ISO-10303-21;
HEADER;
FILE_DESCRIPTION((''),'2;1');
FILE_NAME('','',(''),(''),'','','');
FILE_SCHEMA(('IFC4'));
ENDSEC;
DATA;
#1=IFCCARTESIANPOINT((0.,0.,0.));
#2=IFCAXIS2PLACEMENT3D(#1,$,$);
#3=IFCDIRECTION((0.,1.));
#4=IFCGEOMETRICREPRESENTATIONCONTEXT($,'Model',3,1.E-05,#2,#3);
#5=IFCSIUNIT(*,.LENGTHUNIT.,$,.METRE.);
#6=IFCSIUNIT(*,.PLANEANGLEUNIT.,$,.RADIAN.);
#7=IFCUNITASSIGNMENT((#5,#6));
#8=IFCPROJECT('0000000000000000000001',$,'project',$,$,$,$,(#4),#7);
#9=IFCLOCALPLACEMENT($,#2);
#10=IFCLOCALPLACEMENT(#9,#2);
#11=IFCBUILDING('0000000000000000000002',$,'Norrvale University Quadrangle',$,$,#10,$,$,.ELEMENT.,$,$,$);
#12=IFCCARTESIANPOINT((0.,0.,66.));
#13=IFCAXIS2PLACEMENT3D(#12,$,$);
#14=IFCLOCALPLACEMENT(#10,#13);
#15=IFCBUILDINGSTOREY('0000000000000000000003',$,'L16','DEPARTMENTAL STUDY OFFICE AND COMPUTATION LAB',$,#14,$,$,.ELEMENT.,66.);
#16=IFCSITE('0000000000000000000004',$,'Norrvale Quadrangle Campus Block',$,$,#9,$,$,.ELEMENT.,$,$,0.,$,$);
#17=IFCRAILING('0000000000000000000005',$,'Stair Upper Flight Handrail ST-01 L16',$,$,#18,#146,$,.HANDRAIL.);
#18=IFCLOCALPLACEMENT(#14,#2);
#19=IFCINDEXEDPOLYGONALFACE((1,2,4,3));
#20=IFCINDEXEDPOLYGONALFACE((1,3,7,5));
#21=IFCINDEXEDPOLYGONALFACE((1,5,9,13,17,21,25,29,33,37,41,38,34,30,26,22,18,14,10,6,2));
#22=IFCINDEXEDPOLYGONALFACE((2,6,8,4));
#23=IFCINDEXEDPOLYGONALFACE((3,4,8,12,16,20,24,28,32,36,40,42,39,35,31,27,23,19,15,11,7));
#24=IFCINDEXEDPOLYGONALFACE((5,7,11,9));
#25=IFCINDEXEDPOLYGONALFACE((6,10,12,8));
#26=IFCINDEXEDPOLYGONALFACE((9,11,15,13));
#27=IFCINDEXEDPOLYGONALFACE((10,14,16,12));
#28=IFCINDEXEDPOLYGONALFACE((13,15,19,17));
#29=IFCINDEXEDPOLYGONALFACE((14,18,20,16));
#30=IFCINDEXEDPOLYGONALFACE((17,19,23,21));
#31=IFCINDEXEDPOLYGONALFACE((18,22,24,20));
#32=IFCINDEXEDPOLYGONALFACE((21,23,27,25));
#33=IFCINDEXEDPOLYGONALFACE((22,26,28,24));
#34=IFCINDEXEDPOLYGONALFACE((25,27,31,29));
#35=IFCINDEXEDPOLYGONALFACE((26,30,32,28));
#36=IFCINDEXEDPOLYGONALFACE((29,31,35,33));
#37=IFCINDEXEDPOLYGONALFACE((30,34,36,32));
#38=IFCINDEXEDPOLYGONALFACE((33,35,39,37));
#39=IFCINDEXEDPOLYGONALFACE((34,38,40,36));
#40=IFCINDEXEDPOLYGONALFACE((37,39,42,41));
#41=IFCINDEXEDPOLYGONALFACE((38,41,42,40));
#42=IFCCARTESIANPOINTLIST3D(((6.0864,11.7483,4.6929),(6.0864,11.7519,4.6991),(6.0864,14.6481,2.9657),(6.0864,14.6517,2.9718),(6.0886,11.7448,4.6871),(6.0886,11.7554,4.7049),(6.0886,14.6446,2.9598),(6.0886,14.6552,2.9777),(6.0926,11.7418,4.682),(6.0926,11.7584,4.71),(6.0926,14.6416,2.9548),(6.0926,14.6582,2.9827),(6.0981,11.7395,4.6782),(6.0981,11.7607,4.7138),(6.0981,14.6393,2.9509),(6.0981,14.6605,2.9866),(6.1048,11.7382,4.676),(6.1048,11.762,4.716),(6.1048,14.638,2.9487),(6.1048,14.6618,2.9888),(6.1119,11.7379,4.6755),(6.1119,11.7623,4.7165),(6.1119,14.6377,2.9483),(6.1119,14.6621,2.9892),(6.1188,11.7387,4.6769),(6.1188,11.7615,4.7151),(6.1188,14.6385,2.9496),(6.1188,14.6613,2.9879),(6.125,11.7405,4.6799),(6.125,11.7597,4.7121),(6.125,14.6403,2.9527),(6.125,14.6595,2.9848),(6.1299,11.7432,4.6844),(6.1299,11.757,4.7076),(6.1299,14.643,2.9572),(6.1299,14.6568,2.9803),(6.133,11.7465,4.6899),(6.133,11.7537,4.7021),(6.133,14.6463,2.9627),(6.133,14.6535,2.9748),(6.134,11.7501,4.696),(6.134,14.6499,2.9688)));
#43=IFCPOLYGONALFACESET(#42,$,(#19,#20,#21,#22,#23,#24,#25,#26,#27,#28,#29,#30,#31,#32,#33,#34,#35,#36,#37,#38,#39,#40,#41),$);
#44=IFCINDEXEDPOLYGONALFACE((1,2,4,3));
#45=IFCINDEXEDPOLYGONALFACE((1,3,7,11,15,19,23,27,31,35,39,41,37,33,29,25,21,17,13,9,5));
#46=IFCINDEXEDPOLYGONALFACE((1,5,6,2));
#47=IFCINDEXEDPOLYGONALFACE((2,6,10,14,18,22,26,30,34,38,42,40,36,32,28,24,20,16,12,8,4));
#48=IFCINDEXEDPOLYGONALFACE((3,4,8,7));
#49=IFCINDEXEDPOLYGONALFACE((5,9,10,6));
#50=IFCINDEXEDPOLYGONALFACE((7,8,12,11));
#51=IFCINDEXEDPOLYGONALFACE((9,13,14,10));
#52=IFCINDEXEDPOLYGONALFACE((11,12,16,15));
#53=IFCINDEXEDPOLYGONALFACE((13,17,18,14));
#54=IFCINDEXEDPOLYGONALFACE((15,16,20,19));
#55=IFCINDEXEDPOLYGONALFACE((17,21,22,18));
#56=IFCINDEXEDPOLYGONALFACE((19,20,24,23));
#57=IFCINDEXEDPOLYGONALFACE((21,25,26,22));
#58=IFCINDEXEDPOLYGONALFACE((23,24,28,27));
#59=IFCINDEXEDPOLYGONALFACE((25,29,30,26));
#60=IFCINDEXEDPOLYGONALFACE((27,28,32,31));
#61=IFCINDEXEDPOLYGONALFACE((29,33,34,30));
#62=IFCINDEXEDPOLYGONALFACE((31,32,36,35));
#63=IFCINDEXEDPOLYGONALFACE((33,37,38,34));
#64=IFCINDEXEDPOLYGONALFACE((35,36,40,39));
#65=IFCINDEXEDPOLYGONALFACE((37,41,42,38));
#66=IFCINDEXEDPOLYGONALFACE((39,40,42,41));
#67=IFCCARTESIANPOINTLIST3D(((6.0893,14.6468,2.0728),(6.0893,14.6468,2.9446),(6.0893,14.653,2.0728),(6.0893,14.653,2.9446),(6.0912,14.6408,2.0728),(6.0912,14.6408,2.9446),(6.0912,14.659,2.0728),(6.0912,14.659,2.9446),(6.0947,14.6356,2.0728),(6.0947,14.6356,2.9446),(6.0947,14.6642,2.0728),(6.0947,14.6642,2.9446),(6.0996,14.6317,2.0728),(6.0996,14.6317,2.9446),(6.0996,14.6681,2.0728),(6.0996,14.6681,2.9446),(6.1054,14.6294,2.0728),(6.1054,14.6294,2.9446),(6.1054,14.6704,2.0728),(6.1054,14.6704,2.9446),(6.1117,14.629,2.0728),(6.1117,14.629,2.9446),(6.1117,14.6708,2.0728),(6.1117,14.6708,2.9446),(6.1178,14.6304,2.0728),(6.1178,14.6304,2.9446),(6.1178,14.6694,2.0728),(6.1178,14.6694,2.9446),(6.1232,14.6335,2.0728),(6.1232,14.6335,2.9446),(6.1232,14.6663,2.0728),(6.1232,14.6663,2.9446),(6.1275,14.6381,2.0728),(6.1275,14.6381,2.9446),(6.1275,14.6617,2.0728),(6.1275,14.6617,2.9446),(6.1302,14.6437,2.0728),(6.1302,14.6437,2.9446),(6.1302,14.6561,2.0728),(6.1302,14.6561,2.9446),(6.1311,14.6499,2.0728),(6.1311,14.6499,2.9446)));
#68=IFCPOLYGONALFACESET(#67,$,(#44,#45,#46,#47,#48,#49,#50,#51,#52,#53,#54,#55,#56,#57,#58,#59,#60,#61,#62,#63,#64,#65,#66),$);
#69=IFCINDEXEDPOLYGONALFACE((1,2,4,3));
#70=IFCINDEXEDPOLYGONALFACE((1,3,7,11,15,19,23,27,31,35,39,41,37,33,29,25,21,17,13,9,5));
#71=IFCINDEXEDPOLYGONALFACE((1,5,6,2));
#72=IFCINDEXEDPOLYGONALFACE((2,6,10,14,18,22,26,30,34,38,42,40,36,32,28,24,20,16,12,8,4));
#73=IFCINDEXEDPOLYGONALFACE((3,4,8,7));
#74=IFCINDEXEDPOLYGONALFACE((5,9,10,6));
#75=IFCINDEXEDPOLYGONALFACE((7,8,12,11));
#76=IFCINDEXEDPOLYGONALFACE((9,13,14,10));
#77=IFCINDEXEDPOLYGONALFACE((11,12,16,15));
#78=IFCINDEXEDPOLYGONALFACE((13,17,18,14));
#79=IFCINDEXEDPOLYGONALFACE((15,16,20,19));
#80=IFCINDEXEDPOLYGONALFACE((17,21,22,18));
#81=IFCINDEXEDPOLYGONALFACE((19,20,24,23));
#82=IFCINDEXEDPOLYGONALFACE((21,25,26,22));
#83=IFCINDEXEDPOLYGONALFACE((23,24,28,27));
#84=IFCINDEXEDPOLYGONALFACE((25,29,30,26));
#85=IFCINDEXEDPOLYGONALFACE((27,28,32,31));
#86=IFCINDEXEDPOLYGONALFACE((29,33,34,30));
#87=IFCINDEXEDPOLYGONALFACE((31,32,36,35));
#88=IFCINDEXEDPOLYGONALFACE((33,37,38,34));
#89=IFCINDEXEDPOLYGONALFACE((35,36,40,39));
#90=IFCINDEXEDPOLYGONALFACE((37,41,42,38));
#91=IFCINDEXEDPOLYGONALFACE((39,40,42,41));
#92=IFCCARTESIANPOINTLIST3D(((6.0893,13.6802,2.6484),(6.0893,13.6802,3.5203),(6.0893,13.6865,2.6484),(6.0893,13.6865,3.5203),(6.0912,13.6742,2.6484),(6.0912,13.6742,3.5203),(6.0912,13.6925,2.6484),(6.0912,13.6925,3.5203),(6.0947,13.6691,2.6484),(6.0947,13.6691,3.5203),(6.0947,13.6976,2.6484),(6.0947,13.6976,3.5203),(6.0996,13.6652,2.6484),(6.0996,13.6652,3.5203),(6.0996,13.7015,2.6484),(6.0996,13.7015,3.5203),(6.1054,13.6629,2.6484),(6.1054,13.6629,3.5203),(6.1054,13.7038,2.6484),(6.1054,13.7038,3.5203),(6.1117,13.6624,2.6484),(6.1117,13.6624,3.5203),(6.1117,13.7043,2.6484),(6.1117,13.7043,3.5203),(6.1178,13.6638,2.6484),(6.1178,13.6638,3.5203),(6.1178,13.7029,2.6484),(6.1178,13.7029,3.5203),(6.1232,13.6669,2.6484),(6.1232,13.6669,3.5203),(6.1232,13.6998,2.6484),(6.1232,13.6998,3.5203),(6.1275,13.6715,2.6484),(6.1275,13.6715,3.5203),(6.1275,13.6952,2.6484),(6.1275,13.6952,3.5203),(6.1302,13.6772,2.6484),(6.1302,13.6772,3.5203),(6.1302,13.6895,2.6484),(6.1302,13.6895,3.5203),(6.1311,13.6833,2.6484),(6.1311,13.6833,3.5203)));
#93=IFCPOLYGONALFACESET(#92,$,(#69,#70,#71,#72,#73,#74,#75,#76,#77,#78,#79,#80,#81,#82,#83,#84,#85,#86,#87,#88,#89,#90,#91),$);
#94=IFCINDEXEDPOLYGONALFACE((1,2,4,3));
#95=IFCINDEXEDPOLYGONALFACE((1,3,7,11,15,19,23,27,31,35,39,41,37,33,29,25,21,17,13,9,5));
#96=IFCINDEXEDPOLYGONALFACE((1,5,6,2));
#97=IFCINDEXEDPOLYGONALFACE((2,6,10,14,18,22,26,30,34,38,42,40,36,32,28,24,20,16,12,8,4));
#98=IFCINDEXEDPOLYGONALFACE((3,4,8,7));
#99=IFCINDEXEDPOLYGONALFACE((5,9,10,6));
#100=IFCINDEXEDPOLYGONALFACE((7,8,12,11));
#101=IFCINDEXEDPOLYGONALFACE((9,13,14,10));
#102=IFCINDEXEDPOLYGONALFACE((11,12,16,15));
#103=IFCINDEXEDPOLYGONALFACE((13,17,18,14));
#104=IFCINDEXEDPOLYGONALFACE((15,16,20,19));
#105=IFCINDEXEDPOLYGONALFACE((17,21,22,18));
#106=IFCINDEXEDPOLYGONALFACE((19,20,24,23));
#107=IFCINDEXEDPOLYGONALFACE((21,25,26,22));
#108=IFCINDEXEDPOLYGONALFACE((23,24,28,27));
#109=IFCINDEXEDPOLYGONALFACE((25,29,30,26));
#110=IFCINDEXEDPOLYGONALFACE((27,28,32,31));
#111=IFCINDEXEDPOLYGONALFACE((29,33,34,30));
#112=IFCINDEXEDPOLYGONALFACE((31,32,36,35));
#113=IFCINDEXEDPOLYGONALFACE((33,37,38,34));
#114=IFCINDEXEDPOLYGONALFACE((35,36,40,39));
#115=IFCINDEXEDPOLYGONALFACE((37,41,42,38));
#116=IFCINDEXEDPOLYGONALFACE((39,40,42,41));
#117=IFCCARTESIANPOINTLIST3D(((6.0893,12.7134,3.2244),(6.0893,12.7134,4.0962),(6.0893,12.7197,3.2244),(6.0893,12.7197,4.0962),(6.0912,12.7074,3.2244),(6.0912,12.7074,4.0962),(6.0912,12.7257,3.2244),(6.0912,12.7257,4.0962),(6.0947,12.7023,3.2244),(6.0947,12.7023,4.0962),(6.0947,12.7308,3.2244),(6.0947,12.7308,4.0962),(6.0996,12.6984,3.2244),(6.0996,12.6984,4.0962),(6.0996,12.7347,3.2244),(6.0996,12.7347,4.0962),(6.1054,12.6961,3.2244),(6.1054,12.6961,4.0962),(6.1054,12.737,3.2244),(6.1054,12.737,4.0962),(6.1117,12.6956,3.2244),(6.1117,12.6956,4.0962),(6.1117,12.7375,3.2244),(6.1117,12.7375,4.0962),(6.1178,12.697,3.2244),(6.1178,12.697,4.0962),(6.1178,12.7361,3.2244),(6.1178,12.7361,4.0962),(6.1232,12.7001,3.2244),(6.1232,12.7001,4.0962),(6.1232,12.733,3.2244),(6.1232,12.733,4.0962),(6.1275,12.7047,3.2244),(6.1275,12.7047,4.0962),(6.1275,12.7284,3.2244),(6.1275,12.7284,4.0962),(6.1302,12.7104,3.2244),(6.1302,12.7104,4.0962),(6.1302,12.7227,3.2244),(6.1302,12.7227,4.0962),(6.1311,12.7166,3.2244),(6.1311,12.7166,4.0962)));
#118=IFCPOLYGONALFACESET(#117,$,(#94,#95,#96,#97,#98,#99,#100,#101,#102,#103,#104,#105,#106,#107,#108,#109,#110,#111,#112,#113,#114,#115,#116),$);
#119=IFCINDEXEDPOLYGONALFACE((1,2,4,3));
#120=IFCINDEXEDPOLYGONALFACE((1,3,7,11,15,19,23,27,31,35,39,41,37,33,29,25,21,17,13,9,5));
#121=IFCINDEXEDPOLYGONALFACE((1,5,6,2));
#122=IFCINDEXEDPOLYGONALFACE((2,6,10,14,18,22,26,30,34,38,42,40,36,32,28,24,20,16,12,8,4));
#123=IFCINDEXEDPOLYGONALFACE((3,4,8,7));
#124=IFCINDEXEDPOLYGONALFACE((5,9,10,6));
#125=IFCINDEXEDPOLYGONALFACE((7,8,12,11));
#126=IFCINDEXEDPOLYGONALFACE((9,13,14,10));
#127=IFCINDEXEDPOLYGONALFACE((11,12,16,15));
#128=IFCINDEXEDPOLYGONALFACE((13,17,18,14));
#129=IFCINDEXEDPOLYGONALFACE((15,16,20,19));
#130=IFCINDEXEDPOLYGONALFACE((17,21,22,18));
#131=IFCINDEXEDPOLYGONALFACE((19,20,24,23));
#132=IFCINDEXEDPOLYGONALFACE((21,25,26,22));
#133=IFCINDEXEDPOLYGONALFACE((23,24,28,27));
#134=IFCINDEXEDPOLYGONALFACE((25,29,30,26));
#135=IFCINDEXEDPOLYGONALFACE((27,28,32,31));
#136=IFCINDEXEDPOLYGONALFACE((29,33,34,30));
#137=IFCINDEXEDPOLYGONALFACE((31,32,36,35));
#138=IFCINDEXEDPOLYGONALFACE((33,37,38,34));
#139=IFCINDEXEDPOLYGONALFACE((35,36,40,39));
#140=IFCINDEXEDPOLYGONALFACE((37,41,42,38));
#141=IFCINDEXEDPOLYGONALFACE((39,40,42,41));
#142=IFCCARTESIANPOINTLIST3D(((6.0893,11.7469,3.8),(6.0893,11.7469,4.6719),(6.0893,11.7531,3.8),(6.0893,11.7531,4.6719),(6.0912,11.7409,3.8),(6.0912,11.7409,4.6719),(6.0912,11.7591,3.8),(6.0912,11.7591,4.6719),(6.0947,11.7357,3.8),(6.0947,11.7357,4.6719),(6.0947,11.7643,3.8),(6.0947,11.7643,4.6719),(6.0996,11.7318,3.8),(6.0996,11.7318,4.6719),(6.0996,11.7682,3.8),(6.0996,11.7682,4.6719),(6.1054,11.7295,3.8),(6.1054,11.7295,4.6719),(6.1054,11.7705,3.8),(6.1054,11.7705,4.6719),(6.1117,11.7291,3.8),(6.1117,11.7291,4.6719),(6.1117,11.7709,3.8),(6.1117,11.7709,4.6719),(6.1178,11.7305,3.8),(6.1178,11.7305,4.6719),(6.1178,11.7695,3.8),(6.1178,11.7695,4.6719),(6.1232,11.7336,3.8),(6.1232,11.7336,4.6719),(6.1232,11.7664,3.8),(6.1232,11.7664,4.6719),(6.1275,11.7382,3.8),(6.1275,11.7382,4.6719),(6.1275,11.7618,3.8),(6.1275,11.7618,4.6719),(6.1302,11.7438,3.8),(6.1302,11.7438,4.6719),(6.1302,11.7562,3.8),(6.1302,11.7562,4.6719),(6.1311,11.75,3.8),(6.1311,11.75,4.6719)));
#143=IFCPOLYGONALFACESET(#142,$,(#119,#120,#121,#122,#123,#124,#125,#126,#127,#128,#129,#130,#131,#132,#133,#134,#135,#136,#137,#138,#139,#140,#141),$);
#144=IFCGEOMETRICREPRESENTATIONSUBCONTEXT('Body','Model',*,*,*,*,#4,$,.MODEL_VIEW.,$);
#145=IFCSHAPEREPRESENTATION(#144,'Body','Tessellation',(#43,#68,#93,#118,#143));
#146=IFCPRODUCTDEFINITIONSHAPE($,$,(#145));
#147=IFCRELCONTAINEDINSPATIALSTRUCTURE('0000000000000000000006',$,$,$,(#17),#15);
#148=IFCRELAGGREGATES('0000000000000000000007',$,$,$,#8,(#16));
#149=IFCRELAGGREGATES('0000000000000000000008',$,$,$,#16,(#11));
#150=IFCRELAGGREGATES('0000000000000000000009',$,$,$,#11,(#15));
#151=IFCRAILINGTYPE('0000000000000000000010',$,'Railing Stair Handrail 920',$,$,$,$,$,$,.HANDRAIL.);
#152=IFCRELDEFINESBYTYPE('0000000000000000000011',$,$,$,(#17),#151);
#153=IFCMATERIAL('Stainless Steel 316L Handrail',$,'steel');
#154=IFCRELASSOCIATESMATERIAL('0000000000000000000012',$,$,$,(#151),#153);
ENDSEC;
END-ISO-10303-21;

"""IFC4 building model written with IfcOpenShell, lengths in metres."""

from ifc_helpers import new_model, si_unit, direction, frame, origin, origin_2d, place, context, subcontext, project, spatial, circle, extrude, material, type_object, element, save


model = new_model("IFC4")

# Units and contexts
model_context = context("Model", 3, precision=1e-05, world=origin(), true_north=direction((0.0, 1.0)))
body_context = subcontext(model_context, "Body", "Model", "MODEL_VIEW")
ifc_project = project(units=[si_unit("LENGTHUNIT", "METRE"), si_unit("PLANEANGLEUNIT", "RADIAN")], contexts=[model_context])

# Site, building, storey
site_placement = place(None, origin())
site = spatial("IfcSite", under=ifc_project, at=site_placement, Name="Norrvale Quadrangle Campus Block", CompositionType="ELEMENT", RefElevation=0.0)
building_placement = place(site_placement, origin())
building = spatial("IfcBuilding", under=site, at=building_placement, Name="Norrvale University Quadrangle", CompositionType="ELEMENT")
storey_placement = place(building_placement, frame((0.0, 0.0, 66.0)))
storey = spatial("IfcBuildingStorey", under=building, at=storey_placement, Name="L16", Description="DEPARTMENTAL STUDY OFFICE AND COMPUTATION LAB", CompositionType="ELEMENT", Elevation=66.0)

# Railing
ifc_material_1 = material(Name="Stainless Steel 316L Handrail", Category="steel")
railing_type_1 = type_object("IfcRailingType", Name="Railing Stair Handrail 920", PredefinedType="HANDRAIL", material=ifc_material_1)
railing_1_placement = place(storey_placement, frame((6.1101, 14.6499, 2.0728)))
element("IfcRailing", 1, at=railing_1_placement, inside=storey, type_object=railing_type_1, Name="Stair Upper Flight Handrail ST-01 L16", PredefinedType="HANDRAIL", context=body_context, shape_type="SweptSolid", body=[
    extrude(circle(Radius=0.0239, at=origin_2d()), frame((0.0, 0.0, 0.896), z_axis=(0.0, -0.859141, 0.511738), x_axis=(1.0, 0.0, 0.0)), (0.0, 0.0, 1.0), 3.3752),
    extrude(circle(Radius=0.021, at=origin_2d()), origin(), (0.0, 0.0, 1.0), 0.8718),
    extrude(circle(Radius=0.021, at=origin_2d()), frame((0.0, -0.9666, 0.5757)), (0.0, 0.0, 1.0), 0.8718),
    extrude(circle(Radius=0.021, at=origin_2d()), frame((0.0, -1.9333, 1.1516)), (0.0, 0.0, 1.0), 0.8718),
    extrude(circle(Radius=0.021, at=origin_2d()), frame((0.0, -2.8999, 1.7273)), (0.0, 0.0, 1.0), 0.8718),
])

save(model, "model.ifc")
